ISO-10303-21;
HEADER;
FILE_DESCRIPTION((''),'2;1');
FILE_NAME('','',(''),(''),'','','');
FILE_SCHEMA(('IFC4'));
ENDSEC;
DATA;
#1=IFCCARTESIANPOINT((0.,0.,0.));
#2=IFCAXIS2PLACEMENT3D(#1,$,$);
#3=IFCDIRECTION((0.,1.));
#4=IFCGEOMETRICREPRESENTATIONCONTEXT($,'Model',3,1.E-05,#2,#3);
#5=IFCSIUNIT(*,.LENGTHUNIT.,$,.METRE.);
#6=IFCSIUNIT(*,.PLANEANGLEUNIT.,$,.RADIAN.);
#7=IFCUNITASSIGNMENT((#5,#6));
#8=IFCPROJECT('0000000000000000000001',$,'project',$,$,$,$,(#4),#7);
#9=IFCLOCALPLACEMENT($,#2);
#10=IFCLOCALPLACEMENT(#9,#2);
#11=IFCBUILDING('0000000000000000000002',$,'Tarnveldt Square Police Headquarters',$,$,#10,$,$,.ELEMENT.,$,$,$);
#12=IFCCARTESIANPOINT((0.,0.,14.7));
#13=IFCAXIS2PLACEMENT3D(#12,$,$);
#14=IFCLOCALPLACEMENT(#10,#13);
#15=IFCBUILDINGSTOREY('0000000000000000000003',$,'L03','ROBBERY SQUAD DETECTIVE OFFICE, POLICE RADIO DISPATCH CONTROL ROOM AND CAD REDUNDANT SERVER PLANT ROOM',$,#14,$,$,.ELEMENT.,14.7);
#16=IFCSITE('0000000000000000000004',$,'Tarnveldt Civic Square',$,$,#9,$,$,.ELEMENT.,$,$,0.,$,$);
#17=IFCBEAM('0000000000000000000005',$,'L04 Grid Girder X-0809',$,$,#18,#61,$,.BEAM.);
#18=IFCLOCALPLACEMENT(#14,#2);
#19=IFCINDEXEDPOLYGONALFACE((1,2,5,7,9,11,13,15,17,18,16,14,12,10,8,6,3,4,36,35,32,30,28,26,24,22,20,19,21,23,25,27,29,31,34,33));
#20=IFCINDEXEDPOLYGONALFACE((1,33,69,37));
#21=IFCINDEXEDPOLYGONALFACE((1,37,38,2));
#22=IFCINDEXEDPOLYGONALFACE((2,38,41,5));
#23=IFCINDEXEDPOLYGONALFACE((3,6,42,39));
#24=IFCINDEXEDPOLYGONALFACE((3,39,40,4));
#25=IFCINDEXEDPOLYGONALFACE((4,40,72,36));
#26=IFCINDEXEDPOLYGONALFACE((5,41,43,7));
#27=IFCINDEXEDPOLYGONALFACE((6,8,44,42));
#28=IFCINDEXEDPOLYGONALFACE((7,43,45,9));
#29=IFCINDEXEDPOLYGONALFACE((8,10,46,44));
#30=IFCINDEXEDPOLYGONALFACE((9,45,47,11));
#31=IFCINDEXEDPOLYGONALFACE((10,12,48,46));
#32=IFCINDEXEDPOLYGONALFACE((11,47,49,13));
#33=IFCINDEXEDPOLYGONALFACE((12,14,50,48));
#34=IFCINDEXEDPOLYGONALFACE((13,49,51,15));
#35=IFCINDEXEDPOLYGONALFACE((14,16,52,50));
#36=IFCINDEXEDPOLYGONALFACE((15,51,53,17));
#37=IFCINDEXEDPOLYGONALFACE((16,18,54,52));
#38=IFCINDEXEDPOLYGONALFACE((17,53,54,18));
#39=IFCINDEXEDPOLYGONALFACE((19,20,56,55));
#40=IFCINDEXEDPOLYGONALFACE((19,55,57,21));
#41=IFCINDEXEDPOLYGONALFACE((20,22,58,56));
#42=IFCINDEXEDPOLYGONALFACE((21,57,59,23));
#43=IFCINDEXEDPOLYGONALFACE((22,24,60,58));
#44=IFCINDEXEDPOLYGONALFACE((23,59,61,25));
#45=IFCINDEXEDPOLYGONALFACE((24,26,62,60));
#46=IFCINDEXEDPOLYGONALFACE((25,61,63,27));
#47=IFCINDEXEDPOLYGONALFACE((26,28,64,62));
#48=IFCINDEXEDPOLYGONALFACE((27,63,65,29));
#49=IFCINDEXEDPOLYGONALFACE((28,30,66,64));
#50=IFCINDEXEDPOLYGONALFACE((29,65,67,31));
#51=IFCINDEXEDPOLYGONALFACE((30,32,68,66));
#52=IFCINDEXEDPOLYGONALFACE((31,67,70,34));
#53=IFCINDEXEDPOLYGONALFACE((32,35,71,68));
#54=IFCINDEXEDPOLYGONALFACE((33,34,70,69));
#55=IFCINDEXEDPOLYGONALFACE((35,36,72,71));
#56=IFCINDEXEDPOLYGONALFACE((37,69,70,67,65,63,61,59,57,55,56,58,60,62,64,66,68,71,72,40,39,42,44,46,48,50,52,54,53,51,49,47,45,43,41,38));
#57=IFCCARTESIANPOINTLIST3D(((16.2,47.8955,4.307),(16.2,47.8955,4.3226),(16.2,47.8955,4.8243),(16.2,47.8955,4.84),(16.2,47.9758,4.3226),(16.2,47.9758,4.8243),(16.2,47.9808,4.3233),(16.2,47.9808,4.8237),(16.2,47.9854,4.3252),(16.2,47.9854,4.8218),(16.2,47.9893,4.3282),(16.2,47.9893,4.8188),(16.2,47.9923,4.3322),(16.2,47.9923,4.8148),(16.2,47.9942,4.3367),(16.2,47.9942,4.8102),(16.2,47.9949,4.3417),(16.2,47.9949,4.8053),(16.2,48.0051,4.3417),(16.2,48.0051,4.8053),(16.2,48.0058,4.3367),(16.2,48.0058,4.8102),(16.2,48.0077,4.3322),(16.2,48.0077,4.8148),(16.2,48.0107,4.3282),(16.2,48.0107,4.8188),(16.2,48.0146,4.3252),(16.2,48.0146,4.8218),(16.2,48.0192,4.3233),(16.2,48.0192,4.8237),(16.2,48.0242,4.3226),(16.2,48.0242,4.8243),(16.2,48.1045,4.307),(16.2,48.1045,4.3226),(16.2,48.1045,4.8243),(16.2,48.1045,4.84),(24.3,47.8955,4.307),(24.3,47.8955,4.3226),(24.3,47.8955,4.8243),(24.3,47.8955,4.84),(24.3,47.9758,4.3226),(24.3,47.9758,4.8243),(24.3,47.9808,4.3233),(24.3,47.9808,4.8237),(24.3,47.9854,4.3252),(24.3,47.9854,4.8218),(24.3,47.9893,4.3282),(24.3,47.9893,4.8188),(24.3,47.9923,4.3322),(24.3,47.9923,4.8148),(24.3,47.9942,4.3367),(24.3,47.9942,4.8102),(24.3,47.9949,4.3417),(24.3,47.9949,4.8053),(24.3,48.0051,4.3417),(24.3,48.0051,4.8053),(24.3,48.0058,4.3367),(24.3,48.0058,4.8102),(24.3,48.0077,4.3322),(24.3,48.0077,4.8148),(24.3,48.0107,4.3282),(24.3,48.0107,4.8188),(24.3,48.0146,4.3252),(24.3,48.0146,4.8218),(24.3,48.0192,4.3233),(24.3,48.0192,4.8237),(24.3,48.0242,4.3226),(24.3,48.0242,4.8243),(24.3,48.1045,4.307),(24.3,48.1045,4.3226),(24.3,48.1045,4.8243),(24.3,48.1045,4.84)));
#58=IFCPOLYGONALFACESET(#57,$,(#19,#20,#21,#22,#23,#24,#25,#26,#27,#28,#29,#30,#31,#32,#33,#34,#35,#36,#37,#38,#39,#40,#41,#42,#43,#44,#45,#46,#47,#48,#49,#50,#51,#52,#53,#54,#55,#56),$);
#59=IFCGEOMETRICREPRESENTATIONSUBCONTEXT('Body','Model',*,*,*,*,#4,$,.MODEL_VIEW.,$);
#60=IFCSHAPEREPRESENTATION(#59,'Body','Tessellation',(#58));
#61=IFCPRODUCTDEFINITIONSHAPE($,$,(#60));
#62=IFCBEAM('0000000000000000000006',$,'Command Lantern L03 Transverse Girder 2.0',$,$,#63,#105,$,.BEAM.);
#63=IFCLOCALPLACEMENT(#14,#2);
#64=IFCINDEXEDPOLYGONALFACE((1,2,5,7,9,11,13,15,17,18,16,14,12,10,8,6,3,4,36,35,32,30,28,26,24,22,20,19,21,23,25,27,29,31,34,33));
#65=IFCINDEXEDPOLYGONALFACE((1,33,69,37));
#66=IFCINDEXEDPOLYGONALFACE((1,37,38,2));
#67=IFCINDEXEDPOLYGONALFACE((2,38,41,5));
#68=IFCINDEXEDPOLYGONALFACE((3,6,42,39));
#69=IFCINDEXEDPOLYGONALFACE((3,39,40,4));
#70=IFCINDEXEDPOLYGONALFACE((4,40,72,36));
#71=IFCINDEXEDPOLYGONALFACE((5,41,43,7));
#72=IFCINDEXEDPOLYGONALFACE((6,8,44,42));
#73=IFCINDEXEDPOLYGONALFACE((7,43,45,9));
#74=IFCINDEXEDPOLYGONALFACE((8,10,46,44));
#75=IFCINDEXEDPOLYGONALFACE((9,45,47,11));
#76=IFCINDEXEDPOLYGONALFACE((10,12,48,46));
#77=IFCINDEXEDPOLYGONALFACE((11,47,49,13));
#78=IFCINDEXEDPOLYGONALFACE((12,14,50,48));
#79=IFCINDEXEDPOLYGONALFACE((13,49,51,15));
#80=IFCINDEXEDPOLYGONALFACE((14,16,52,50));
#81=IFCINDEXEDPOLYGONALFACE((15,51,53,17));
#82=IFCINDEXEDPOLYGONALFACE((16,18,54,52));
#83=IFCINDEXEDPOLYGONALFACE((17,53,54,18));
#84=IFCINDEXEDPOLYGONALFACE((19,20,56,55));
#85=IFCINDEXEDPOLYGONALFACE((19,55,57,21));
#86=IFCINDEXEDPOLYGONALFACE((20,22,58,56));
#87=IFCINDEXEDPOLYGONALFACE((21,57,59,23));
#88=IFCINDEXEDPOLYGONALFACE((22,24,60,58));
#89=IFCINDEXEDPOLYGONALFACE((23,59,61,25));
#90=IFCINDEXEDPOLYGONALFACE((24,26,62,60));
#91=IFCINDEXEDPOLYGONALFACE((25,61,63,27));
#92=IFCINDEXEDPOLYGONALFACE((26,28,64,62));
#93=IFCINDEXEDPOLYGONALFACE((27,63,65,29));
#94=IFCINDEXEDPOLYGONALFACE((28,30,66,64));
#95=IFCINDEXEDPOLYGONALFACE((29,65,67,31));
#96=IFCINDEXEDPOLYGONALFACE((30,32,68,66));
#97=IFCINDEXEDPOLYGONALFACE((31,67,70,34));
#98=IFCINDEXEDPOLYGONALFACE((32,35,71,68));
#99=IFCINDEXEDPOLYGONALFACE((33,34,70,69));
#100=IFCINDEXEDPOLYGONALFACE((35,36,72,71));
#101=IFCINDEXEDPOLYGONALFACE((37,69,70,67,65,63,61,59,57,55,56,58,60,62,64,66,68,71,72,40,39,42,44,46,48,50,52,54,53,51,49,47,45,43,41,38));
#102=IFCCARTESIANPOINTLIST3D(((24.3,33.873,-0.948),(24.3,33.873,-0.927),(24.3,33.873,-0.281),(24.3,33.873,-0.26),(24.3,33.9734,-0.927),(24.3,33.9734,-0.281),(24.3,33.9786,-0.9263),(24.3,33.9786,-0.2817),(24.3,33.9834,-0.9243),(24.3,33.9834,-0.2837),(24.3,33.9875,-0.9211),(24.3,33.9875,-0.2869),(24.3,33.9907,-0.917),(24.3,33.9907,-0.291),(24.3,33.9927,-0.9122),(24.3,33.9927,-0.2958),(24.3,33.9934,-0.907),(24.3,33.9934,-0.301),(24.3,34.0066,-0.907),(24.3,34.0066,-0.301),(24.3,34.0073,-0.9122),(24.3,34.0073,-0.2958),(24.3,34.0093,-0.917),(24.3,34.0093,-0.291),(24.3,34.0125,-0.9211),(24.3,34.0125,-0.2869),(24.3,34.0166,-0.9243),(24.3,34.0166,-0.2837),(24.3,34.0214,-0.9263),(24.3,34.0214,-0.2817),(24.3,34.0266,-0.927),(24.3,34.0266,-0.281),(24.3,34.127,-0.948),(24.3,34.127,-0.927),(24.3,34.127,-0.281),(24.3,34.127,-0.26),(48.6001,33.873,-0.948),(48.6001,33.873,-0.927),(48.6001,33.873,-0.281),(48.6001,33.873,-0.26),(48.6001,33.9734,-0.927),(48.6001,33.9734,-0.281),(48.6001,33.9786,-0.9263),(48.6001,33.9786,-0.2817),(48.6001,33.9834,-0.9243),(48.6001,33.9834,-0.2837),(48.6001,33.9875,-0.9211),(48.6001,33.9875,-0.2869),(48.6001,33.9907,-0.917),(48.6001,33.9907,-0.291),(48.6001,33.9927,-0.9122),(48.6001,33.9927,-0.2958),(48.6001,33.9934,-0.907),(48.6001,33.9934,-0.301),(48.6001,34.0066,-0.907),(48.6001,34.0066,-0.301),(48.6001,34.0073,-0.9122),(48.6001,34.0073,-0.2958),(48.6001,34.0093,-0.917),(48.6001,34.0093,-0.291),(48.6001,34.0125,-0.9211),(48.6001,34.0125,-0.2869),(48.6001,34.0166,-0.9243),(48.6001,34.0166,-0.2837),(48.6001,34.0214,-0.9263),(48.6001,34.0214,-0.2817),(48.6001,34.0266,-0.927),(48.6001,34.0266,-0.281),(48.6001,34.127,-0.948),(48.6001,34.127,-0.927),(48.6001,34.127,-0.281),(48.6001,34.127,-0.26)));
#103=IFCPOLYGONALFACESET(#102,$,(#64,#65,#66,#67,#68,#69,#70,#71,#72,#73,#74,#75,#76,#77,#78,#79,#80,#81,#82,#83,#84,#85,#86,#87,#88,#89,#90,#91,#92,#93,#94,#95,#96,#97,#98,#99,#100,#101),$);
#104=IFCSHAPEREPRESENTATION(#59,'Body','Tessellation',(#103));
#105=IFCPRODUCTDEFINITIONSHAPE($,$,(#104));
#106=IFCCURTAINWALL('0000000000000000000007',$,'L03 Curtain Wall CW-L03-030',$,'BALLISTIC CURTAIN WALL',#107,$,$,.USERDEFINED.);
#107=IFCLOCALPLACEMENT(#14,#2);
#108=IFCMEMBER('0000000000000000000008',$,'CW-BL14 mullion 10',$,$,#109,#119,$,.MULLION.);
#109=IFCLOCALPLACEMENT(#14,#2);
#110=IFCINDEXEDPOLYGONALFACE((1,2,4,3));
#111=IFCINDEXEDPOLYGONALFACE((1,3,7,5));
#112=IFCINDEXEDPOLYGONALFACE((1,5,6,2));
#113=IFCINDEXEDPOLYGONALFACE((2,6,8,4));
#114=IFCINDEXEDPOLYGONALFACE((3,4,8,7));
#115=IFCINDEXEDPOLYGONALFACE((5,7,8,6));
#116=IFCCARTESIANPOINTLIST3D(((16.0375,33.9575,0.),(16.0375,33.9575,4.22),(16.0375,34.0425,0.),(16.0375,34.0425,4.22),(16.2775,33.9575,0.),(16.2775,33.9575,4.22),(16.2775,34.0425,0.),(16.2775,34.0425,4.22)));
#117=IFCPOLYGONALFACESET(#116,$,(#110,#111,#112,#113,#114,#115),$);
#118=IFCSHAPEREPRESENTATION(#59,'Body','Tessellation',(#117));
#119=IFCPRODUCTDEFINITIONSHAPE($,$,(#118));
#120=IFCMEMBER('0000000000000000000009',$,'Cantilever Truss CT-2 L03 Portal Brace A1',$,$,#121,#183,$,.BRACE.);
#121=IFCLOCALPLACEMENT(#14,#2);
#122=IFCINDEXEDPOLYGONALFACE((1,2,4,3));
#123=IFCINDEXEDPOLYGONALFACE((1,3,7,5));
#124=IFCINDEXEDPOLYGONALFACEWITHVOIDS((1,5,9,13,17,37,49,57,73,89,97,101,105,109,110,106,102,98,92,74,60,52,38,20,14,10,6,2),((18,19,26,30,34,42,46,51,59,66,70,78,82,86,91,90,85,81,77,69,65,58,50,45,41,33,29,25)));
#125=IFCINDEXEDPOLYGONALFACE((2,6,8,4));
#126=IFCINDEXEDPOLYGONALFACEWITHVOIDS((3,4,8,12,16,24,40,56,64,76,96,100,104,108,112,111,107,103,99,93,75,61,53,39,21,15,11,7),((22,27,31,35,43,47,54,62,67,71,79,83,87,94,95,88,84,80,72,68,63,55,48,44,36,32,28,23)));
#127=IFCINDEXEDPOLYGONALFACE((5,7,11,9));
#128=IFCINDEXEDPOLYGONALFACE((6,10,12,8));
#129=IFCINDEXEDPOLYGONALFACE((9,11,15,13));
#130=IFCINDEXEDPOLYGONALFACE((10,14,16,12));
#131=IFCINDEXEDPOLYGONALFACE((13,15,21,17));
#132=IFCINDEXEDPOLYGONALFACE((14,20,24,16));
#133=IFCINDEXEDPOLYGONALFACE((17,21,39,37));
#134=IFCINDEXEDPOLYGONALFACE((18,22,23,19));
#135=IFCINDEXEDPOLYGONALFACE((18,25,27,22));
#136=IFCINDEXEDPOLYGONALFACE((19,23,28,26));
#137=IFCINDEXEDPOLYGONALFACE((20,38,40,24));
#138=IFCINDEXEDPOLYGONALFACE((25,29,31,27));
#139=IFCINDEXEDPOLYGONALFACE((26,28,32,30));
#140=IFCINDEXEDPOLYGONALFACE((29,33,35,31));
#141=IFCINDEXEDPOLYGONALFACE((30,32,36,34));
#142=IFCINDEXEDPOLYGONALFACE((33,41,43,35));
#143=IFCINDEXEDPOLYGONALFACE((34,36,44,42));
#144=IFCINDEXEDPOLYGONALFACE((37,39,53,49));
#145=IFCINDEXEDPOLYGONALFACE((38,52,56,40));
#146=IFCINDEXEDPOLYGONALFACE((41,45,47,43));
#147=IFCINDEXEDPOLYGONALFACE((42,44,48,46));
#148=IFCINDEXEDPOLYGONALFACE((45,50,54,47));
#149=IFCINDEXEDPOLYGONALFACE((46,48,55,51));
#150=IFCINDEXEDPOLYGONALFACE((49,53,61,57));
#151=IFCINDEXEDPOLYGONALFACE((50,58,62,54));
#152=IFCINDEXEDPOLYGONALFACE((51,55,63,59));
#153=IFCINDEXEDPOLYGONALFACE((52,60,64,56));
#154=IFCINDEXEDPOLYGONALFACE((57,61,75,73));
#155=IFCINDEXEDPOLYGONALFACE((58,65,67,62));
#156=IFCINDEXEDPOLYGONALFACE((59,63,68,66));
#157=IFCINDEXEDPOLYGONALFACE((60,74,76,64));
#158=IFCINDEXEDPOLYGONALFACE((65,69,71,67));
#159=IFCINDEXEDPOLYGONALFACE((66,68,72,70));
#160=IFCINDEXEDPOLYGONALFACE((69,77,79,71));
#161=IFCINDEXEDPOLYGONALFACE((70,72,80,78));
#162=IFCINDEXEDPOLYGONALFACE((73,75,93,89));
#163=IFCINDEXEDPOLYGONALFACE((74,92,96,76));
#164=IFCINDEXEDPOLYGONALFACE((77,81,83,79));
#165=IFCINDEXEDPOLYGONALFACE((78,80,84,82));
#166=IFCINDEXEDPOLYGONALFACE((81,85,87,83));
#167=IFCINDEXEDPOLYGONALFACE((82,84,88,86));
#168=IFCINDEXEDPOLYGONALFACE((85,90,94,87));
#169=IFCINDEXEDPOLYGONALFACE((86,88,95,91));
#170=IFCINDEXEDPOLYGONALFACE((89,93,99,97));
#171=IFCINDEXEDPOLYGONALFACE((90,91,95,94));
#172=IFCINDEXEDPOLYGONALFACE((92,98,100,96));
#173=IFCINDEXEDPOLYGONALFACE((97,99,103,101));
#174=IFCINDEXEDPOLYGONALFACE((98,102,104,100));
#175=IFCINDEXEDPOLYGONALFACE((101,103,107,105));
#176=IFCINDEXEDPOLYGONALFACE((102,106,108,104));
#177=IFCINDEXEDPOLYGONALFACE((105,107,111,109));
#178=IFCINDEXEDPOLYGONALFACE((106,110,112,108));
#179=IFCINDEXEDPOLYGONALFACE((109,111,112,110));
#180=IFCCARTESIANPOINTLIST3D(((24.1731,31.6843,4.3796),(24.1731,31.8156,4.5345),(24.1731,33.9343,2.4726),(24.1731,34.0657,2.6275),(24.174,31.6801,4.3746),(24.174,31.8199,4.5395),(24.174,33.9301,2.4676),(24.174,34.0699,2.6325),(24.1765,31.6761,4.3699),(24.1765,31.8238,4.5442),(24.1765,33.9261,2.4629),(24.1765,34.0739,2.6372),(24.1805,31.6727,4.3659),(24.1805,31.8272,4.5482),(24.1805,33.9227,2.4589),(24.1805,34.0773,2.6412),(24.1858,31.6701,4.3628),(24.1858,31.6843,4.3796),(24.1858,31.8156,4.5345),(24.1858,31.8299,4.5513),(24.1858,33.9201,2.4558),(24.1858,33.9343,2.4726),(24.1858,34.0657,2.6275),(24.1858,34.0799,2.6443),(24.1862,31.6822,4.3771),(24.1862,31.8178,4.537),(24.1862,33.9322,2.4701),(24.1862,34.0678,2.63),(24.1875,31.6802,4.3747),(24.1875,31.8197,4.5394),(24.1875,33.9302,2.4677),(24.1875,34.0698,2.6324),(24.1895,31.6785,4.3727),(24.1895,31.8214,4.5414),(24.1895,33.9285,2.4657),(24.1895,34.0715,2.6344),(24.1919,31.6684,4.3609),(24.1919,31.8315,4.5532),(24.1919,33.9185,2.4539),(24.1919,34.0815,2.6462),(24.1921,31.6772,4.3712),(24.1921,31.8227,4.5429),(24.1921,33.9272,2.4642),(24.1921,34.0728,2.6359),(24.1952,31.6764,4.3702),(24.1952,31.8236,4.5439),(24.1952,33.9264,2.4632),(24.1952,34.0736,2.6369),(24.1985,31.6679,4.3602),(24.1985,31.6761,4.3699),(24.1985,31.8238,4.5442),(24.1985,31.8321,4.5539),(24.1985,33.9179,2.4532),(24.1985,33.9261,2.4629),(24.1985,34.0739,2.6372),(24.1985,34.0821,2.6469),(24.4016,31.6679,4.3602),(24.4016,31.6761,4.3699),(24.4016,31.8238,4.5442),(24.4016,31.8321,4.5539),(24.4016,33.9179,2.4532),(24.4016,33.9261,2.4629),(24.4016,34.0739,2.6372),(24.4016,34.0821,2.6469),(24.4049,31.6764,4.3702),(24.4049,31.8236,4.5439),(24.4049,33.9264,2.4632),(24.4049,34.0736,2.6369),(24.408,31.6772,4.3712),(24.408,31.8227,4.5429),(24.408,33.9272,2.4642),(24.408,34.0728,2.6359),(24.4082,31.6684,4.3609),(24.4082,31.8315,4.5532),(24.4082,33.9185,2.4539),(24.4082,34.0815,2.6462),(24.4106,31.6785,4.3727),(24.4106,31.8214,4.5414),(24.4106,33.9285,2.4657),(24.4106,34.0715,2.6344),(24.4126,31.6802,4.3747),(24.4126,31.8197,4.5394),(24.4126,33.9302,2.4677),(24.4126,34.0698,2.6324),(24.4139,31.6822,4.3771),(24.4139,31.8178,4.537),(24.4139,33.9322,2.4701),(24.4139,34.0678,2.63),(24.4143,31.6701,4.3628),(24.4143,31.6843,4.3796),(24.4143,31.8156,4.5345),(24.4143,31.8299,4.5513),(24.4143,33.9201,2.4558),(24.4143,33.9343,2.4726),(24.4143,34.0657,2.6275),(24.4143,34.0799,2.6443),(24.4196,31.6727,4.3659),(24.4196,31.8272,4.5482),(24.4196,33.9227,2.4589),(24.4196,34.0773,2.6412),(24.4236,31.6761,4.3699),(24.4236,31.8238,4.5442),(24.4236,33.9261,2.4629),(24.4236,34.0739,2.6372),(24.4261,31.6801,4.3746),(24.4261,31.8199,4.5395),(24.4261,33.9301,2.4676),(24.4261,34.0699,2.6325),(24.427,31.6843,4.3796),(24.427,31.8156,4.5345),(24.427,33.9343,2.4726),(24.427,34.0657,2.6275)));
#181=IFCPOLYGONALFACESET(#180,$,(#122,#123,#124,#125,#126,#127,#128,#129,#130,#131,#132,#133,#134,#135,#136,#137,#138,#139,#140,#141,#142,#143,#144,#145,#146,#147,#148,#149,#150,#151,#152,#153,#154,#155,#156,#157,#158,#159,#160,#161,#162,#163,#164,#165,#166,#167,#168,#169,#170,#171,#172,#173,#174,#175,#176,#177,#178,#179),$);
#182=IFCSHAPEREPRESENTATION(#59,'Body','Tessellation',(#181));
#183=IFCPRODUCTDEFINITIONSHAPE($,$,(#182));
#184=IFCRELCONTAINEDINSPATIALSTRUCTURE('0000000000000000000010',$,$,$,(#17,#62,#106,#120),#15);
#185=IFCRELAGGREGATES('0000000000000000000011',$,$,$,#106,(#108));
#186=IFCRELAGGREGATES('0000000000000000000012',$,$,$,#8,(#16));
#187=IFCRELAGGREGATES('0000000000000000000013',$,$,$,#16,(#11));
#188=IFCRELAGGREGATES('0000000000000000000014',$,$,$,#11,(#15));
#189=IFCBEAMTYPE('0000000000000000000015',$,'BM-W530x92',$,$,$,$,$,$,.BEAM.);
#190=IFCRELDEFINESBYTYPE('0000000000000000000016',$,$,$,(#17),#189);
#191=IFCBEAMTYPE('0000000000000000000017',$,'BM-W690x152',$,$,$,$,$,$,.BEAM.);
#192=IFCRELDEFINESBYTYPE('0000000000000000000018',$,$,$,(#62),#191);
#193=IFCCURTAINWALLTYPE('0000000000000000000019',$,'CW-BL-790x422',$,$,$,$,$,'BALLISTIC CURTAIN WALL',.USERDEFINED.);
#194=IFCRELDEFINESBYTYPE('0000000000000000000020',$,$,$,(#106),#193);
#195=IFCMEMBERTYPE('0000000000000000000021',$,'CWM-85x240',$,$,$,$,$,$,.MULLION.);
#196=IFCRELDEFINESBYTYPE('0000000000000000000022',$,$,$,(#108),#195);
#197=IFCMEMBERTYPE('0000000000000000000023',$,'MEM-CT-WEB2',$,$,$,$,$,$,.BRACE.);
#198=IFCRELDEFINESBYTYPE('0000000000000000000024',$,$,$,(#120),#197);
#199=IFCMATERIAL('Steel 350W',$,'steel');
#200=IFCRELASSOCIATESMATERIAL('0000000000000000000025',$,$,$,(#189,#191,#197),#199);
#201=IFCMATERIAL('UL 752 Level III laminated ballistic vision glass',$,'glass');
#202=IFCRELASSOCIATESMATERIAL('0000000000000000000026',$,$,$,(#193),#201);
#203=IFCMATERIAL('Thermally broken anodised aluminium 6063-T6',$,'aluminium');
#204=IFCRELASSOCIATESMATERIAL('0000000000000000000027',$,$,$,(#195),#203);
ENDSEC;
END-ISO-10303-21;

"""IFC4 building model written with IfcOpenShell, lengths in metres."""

from ifc_helpers import new_model, si_unit, direction, frame, origin, origin_2d, place, context, subcontext, project, spatial, rectangle, hollow_rectangle, i_section, extrude, material, material_profile, profile_set, type_object, element, aggregate, save


model = new_model("IFC4")

# Units and contexts
model_context = context("Model", 3, precision=1e-05, world=origin(), true_north=direction((0.0, 1.0)))
body_context = subcontext(model_context, "Body", "Model", "MODEL_VIEW")
ifc_project = project(units=[si_unit("LENGTHUNIT", "METRE"), si_unit("PLANEANGLEUNIT", "RADIAN")], contexts=[model_context])

# Site, building, storey
site_placement = place(None, origin())
site = spatial("IfcSite", under=ifc_project, at=site_placement, Name="Tarnveldt Civic Square", CompositionType="ELEMENT", RefElevation=0.0)
building_placement = place(site_placement, origin())
building = spatial("IfcBuilding", under=site, at=building_placement, Name="Tarnveldt Square Police Headquarters", CompositionType="ELEMENT")
storey_placement = place(building_placement, frame((0.0, 0.0, 14.7)))
storey = spatial("IfcBuildingStorey", under=building, at=storey_placement, Name="L03", Description="ROBBERY SQUAD DETECTIVE OFFICE, POLICE RADIO DISPATCH CONTROL ROOM AND CAD REDUNDANT SERVER PLANT ROOM", CompositionType="ELEMENT", Elevation=14.7)

# Shared definitions
ifc_material_1 = material(Name="Steel 350W", Category="steel")

# Beams
ifc_material_profile_1 = material_profile(ifc_material_1, i_section(OverallWidth=0.209, OverallDepth=0.533, WebThickness=0.0103, FlangeThickness=0.0156, FilletRadius=0.019, at=origin_2d()), Name="W530x92")
ifc_profile_set_1 = profile_set([ifc_material_profile_1], Name="Steel 350W")
beam_type_1 = type_object("IfcBeamType", Name="BM-W530x92", PredefinedType="BEAM", material=ifc_profile_set_1)
beam_1_placement = place(storey_placement, frame((16.2, 48.0, 4.5735), z_axis=(1.0, 0.0, 0.0), x_axis=(0.0, 1.0, 0.0)))
element("IfcBeam", 1, at=beam_1_placement, inside=storey, type_object=beam_type_1, Name="L04 Grid Girder X-0809", PredefinedType="BEAM", context=body_context, shape_type="SweptSolid", body=[
    extrude(i_section(OverallWidth=0.209, OverallDepth=0.533, WebThickness=0.0103, FlangeThickness=0.0156, FilletRadius=0.019, at=origin_2d()), origin(), (0.0, 0.0, 1.0), 8.1001),
])
ifc_material_profile_2 = material_profile(ifc_material_1, i_section(OverallWidth=0.2539, OverallDepth=0.688, WebThickness=0.0132, FlangeThickness=0.021, FilletRadius=0.02, at=origin_2d()), Name="W690x152")
ifc_profile_set_2 = profile_set([ifc_material_profile_2], Name="Steel 350W")
beam_type_2 = type_object("IfcBeamType", Name="BM-W690x152", PredefinedType="BEAM", material=ifc_profile_set_2)
beam_2_placement = place(storey_placement, frame((24.3, 34.0, -0.604), z_axis=(1.0, 0.0, 0.0), x_axis=(0.0, 1.0, 0.0)))
element("IfcBeam", 2, at=beam_2_placement, inside=storey, type_object=beam_type_2, Name="Command Lantern L03 Transverse Girder 2.0", PredefinedType="BEAM", context=body_context, shape_type="SweptSolid", body=[
    extrude(i_section(OverallWidth=0.2539, OverallDepth=0.688, WebThickness=0.0132, FlangeThickness=0.021, FilletRadius=0.02, at=origin_2d()), origin(), (0.0, 0.0, 1.0), 24.3),
])

# Curtain wall, member
ifc_material_2 = material(Name="UL 752 Level III laminated ballistic vision glass", Category="glass")
curtain_wall_type = type_object("IfcCurtainWallType", Name="CW-BL-790x422", ElementType="BALLISTIC CURTAIN WALL", PredefinedType="USERDEFINED", material=ifc_material_2)
curtain_wall_placement = place(storey_placement, origin())
curtain_wall = element("IfcCurtainWall", 3, at=curtain_wall_placement, inside=storey, type_object=curtain_wall_type, Name="L03 Curtain Wall CW-L03-030", ObjectType="BALLISTIC CURTAIN WALL", PredefinedType="USERDEFINED")
ifc_material_3 = material(Name="Thermally broken anodised aluminium 6063-T6", Category="aluminium")
ifc_material_profile_3 = material_profile(ifc_material_3, rectangle(XDim=0.085, YDim=0.24, at=origin_2d()), Name="CW-M85x240")
ifc_profile_set_3 = profile_set([ifc_material_profile_3], Name="Thermally broken anodised aluminium 6063-T6")
member_type_1 = type_object("IfcMemberType", Name="CWM-85x240", PredefinedType="MULLION", material=ifc_profile_set_3)
member_1_placement = place(storey_placement, frame((16.1575, 34.0, 0.0), z_axis=(0.0, 0.0, 1.0), x_axis=(0.0, 1.0, 0.0)))
member_1 = element("IfcMember", 4, at=member_1_placement, type_object=member_type_1, Name="CW-BL14 mullion 10", PredefinedType="MULLION", context=body_context, shape_type="SweptSolid", body=[
    extrude(rectangle(XDim=0.085, YDim=0.24, at=origin_2d()), origin(), (0.0, 0.0, 1.0), 4.22),
])

# Member
ifc_material_profile_4 = material_profile(ifc_material_1, hollow_rectangle(XDim=0.2539, YDim=0.2539, WallThickness=0.0127, InnerFilletRadius=0.0127, OuterFilletRadius=0.0254, at=origin_2d()), Name="HSS254x254x13")
ifc_profile_set_4 = profile_set([ifc_material_profile_4], Name="Steel 350W")
member_type_2 = type_object("IfcMemberType", Name="MEM-CT-WEB2", PredefinedType="BRACE", material=ifc_profile_set_4)
member_2_placement = place(storey_placement, frame((24.3, 34.0, 2.55), z_axis=(0.0, -0.762862, 0.646562), x_axis=(1.0, 0.0, 0.0)))
element("IfcMember", 5, at=member_2_placement, inside=storey, type_object=member_type_2, Name="Cantilever Truss CT-2 L03 Portal Brace A1", PredefinedType="BRACE", context=body_context, shape_type="SweptSolid", body=[
    extrude(hollow_rectangle(XDim=0.2539, YDim=0.2539, WallThickness=0.0127, InnerFilletRadius=0.0127, OuterFilletRadius=0.0254, at=origin_2d()), origin(), (0.0, 0.0, 1.0), 2.9495),
])

aggregate(curtain_wall, [member_1])

save(model, "model.ifc")
